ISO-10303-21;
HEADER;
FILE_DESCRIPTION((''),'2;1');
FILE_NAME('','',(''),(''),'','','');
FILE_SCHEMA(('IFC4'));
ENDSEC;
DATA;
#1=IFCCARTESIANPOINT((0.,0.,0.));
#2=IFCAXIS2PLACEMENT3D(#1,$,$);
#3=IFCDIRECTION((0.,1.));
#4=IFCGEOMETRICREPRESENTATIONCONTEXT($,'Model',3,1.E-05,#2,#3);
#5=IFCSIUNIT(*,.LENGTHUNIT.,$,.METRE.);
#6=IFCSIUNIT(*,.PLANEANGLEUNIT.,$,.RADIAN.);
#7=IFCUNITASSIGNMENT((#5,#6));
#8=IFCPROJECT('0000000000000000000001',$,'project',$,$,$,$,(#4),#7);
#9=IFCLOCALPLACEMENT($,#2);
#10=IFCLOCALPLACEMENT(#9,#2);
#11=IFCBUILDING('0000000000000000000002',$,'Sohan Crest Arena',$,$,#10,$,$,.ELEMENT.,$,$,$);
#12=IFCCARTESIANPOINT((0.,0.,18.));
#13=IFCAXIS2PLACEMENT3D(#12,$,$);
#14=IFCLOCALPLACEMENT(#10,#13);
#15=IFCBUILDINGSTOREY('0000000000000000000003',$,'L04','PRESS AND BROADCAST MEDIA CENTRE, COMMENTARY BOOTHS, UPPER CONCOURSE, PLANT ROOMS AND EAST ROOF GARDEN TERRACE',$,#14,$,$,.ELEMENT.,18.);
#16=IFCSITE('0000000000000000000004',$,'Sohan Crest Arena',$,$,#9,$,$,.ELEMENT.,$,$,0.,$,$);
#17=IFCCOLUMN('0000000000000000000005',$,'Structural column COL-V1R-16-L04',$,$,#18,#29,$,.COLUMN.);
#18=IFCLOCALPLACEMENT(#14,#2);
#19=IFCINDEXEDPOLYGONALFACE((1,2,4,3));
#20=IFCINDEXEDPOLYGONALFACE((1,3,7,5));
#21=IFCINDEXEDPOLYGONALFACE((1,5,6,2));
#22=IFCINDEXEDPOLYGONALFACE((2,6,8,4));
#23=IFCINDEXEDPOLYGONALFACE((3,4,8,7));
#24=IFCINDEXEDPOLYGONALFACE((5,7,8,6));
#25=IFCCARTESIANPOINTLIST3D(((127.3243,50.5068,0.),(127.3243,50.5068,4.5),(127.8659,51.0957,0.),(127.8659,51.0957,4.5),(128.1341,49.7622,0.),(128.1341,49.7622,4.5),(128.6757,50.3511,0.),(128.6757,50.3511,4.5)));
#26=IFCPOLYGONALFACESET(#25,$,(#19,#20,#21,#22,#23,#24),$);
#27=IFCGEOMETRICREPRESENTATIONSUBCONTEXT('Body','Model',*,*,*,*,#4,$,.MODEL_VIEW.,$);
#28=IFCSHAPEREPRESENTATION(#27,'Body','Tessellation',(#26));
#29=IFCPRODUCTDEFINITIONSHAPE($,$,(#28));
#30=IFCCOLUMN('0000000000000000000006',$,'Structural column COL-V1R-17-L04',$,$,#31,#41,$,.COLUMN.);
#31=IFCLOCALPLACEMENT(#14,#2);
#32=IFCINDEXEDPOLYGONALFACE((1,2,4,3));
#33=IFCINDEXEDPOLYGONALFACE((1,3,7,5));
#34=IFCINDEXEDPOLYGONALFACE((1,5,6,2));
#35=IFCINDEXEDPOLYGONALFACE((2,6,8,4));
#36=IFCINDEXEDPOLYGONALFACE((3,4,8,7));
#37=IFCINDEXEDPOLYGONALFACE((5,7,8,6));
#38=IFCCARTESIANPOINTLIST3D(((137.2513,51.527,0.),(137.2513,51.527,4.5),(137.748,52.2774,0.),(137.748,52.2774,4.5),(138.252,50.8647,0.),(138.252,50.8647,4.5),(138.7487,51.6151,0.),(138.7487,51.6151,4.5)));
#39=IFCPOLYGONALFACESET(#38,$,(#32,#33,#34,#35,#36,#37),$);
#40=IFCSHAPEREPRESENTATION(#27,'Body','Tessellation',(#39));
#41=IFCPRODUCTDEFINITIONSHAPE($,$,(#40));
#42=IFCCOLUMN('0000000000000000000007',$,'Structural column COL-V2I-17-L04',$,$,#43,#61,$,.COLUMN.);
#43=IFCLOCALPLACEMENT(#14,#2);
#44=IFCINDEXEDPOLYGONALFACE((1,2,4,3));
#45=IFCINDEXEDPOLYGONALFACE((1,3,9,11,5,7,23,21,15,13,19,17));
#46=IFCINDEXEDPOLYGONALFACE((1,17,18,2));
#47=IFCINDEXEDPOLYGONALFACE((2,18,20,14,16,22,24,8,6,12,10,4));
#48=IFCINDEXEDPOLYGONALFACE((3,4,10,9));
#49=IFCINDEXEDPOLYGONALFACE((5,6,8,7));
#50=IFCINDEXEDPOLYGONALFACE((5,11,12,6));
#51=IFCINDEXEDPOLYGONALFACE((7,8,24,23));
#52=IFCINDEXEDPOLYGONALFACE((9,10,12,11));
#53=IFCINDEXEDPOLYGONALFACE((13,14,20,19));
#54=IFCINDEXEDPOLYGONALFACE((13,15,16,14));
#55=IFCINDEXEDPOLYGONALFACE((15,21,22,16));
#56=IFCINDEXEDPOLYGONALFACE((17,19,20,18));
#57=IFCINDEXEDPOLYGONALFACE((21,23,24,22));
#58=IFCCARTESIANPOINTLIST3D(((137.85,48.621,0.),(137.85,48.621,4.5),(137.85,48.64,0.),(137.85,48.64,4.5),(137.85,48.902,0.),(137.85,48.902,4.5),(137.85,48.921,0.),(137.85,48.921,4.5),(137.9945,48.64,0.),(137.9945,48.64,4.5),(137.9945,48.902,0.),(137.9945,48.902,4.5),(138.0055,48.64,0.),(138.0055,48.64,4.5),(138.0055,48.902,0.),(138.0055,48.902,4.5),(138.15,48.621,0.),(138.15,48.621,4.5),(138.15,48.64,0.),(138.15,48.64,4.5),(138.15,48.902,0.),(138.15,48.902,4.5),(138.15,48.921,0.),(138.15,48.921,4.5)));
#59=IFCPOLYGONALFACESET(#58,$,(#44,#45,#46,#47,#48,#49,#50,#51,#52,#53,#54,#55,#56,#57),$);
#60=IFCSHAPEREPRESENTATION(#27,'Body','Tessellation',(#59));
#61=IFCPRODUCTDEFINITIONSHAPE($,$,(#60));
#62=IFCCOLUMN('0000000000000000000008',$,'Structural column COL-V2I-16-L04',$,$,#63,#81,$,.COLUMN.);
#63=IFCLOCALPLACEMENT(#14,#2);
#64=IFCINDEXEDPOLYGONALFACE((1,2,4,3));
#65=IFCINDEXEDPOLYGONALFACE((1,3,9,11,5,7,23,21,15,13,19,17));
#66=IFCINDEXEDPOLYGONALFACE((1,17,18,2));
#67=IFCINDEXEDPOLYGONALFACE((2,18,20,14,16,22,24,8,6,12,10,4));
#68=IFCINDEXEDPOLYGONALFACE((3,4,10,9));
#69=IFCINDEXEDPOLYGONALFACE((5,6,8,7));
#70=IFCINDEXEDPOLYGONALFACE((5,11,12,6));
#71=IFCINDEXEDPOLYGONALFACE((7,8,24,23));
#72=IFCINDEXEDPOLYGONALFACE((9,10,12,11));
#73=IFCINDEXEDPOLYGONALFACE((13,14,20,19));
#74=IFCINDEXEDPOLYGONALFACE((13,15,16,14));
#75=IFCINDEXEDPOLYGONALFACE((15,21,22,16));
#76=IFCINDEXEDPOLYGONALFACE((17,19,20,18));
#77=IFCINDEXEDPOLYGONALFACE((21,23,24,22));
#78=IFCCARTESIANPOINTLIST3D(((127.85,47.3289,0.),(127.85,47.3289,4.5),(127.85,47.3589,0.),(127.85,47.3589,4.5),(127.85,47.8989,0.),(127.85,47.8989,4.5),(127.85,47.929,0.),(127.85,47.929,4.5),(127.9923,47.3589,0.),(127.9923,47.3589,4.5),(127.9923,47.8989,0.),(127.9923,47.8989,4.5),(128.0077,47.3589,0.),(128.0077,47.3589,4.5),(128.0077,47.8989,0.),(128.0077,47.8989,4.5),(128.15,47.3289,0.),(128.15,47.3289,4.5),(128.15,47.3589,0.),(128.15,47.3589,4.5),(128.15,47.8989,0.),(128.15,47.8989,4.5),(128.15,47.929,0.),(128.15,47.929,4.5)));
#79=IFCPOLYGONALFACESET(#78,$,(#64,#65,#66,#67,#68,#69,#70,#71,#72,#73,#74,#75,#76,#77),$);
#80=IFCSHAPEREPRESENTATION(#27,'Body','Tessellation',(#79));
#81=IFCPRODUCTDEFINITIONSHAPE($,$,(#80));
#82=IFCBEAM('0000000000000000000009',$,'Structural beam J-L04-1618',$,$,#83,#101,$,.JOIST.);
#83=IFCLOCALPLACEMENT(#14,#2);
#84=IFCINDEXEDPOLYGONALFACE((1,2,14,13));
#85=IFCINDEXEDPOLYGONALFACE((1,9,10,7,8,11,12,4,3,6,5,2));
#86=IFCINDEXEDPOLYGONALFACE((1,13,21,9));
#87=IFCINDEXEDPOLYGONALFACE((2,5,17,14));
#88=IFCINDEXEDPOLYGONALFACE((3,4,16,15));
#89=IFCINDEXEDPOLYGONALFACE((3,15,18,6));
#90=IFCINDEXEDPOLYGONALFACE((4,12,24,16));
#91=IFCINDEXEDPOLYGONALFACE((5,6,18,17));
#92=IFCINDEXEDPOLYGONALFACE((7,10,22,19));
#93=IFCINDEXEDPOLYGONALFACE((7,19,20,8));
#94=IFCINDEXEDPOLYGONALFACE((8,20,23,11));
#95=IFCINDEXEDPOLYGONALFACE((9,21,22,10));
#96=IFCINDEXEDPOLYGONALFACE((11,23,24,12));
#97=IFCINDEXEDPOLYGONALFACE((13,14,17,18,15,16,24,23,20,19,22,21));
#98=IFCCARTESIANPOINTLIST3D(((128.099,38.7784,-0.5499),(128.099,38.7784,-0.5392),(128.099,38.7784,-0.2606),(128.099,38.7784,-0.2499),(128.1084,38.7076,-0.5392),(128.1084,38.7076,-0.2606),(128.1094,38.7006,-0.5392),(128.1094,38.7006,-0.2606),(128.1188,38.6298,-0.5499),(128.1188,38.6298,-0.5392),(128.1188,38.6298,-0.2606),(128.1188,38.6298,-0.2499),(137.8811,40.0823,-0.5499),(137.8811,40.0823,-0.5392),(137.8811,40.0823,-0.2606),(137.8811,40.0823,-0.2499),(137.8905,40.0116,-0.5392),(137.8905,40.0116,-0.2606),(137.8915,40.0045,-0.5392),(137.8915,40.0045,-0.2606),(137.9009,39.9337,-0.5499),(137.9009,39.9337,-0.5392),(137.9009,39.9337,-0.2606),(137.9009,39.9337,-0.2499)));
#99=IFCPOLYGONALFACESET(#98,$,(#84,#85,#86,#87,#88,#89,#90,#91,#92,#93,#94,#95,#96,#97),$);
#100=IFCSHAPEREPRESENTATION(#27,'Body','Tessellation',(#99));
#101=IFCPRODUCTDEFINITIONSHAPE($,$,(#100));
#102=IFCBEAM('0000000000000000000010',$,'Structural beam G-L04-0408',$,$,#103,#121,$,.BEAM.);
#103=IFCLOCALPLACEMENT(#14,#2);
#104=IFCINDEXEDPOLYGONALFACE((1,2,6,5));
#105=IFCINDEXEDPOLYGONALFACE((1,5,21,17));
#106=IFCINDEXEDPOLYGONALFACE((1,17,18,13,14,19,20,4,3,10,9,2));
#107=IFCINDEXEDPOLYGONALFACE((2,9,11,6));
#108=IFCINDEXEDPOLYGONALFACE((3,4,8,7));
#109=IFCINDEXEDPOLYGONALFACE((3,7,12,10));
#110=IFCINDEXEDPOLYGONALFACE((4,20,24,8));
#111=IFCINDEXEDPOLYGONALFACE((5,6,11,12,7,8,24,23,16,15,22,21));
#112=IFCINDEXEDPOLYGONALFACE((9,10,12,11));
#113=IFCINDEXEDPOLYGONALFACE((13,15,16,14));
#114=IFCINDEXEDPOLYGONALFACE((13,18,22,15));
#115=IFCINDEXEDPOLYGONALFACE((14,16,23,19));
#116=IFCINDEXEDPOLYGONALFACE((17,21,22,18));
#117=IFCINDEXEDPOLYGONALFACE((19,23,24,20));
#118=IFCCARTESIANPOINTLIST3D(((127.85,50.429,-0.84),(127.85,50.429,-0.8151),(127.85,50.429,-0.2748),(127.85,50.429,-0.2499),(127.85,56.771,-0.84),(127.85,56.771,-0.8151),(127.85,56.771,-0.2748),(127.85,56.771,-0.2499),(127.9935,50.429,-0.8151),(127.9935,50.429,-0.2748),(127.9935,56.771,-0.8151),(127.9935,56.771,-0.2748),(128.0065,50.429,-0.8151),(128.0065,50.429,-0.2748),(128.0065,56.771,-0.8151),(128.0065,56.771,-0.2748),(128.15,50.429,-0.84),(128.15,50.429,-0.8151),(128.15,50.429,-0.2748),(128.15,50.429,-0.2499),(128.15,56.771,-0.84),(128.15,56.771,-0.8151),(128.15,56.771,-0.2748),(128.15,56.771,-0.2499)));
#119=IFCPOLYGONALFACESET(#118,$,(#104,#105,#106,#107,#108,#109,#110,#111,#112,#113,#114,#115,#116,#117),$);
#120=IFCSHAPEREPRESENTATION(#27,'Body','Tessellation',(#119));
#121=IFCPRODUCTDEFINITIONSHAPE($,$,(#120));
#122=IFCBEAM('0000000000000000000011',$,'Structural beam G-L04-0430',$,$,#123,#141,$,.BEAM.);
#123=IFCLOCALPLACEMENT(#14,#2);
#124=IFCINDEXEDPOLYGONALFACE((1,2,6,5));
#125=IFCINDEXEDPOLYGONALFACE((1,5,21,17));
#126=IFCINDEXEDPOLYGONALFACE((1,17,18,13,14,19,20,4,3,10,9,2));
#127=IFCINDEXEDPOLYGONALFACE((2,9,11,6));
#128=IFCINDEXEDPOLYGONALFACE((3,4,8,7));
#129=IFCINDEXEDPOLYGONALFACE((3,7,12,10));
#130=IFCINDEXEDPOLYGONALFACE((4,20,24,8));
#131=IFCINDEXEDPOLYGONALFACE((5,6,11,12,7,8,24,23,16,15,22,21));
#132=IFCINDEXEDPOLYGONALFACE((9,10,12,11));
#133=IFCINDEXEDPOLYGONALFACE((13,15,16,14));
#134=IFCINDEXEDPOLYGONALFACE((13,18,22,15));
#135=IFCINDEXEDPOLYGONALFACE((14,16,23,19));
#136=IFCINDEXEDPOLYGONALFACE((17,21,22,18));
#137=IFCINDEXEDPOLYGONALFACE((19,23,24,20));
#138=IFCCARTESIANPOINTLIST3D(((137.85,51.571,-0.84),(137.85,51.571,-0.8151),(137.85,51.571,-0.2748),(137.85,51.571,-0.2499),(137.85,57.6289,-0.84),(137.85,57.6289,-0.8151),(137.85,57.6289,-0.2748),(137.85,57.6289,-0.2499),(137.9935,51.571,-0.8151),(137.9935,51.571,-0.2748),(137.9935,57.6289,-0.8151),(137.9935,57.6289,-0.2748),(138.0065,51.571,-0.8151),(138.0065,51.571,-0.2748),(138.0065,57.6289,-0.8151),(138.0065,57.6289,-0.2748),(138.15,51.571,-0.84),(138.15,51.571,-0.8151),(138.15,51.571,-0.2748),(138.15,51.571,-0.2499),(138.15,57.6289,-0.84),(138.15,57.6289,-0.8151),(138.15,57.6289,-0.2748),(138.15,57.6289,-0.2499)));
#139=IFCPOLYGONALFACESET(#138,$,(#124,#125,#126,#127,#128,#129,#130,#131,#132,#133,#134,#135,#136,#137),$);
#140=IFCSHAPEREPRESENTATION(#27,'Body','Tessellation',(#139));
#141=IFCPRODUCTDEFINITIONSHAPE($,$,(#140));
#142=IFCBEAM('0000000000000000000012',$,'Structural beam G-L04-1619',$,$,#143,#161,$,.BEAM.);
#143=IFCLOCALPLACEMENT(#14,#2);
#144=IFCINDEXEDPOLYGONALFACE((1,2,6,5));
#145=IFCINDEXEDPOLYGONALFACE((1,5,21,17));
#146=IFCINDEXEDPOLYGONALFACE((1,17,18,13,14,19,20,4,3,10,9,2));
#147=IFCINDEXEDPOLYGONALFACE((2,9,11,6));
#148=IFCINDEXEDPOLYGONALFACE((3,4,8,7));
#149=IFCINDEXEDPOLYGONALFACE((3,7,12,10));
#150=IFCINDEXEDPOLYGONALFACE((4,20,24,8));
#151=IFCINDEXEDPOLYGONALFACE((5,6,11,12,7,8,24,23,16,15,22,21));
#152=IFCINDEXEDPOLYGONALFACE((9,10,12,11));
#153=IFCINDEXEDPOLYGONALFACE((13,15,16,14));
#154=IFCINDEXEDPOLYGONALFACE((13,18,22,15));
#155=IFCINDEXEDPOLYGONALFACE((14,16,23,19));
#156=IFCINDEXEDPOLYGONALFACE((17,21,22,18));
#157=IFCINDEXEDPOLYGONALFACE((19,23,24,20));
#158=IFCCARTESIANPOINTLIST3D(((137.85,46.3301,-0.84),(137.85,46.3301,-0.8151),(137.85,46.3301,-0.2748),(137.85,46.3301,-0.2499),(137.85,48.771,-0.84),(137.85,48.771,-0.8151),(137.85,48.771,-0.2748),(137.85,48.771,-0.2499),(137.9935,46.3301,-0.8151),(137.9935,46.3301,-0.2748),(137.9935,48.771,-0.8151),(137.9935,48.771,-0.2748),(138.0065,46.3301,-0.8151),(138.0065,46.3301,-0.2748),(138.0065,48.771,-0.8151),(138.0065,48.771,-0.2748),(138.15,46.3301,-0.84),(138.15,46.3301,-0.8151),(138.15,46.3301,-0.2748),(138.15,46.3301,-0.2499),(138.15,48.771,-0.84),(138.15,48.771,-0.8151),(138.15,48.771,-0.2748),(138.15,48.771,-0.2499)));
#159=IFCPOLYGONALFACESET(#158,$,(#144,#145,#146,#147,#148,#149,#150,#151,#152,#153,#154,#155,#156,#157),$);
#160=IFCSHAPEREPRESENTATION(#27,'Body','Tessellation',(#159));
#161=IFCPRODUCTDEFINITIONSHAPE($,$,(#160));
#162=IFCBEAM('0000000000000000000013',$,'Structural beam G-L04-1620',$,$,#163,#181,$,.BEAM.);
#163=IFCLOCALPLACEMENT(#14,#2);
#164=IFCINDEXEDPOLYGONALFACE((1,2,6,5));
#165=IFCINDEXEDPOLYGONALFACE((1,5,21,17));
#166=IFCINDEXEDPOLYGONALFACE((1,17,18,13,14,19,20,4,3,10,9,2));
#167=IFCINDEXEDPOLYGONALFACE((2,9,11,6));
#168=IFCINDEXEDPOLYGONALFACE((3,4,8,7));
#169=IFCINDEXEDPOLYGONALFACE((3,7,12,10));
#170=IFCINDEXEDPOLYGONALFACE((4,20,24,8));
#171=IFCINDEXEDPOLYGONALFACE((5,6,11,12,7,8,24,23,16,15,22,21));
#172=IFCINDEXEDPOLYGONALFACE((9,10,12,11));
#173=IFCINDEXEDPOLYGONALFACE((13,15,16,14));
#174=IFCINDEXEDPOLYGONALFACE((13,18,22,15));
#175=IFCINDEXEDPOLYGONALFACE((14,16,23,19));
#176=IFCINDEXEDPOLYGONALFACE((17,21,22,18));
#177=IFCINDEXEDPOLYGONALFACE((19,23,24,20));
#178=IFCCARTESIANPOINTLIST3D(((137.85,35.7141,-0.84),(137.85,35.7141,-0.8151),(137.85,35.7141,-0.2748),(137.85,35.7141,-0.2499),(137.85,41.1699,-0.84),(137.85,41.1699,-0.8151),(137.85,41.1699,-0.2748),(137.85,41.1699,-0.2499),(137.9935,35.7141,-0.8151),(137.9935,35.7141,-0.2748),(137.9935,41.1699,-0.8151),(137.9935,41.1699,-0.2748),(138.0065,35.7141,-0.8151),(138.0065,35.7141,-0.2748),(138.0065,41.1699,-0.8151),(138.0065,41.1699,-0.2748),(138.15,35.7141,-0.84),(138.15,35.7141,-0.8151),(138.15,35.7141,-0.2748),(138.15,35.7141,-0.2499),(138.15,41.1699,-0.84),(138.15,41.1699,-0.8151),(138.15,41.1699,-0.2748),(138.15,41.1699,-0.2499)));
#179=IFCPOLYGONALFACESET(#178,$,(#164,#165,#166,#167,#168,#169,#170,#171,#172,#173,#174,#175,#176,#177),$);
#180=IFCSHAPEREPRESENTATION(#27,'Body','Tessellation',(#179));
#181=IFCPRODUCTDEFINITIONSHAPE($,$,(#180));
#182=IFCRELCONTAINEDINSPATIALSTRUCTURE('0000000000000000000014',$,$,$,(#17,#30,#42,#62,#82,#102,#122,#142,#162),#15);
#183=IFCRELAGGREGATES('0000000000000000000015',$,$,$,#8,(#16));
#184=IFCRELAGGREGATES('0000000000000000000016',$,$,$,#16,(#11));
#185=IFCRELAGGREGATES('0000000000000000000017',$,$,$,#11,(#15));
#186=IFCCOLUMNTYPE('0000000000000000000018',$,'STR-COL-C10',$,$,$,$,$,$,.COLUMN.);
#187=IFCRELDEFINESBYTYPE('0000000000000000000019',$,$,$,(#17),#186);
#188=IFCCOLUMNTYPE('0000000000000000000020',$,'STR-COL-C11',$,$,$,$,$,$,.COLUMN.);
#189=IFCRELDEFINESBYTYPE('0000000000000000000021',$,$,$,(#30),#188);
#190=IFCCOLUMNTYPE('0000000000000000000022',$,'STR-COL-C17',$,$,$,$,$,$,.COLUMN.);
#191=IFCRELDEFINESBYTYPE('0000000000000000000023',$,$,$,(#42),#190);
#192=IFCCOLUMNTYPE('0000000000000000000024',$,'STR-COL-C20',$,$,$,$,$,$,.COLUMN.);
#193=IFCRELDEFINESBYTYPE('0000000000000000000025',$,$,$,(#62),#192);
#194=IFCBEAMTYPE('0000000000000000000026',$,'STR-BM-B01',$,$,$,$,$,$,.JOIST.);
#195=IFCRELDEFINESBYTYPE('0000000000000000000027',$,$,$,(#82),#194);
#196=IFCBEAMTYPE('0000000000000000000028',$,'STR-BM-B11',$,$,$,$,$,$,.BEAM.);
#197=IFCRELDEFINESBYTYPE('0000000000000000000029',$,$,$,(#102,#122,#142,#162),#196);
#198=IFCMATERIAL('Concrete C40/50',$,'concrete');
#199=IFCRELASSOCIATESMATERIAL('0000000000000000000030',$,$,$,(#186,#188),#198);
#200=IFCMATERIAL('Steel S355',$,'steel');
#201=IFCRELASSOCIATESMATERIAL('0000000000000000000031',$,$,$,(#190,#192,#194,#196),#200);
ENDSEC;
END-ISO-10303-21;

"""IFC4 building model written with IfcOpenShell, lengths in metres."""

from ifc_helpers import new_model, si_unit, direction, frame, origin, origin_2d, place, context, subcontext, project, spatial, rectangle, i_section, extrude, material, material_profile, profile_set, type_object, element, save


model = new_model("IFC4")

# Units and contexts
model_context = context("Model", 3, precision=1e-05, world=origin(), true_north=direction((0.0, 1.0)))
body_context = subcontext(model_context, "Body", "Model", "MODEL_VIEW")
ifc_project = project(units=[si_unit("LENGTHUNIT", "METRE"), si_unit("PLANEANGLEUNIT", "RADIAN")], contexts=[model_context])

# Site, building, storey
site_placement = place(None, origin())
site = spatial("IfcSite", under=ifc_project, at=site_placement, Name="Sohan Crest Arena", CompositionType="ELEMENT", RefElevation=0.0)
building_placement = place(site_placement, origin())
building = spatial("IfcBuilding", under=site, at=building_placement, Name="Sohan Crest Arena", CompositionType="ELEMENT")
storey_placement = place(building_placement, frame((0.0, 0.0, 18.0)))
storey = spatial("IfcBuildingStorey", under=building, at=storey_placement, Name="L04", Description="PRESS AND BROADCAST MEDIA CENTRE, COMMENTARY BOOTHS, UPPER CONCOURSE, PLANT ROOMS AND EAST ROOF GARDEN TERRACE", CompositionType="ELEMENT", Elevation=18.0)

# Columns
ifc_material_1 = material(Name="Concrete C40/50", Category="concrete")
ifc_material_profile_1 = material_profile(ifc_material_1, rectangle(XDim=1.1001, YDim=0.8, at=origin_2d()), Name="RC 1100x800")
ifc_profile_set_1 = profile_set([ifc_material_profile_1], Name="Concrete C40/50")
column_type_1 = type_object("IfcColumnType", Name="STR-COL-C10", PredefinedType="COLUMN", material=ifc_profile_set_1)
column_1_placement = place(storey_placement, frame((128.0, 50.429, 0.0), z_axis=(0.0, 0.0, 1.0), x_axis=(-0.736097, 0.676876, 0.0)))
element("IfcColumn", 1, at=column_1_placement, inside=storey, type_object=column_type_1, Name="Structural column COL-V1R-16-L04", PredefinedType="COLUMN", context=body_context, shape_type="SweptSolid", body=[
    extrude(rectangle(XDim=1.1001, YDim=0.8, at=origin_2d()), origin(), (0.0, 0.0, 1.0), 4.5),
])
ifc_material_profile_2 = material_profile(ifc_material_1, rectangle(XDim=1.2, YDim=0.8999, at=origin_2d()), Name="RC 1200x900")
ifc_profile_set_2 = profile_set([ifc_material_profile_2], Name="Concrete C40/50")
column_type_2 = type_object("IfcColumnType", Name="STR-COL-C11", PredefinedType="COLUMN", material=ifc_profile_set_2)
column_2_placement = place(storey_placement, frame((138.0, 51.571, 0.0), z_axis=(0.0, 0.0, 1.0), x_axis=(-0.833886, 0.551937, 0.0)))
element("IfcColumn", 2, at=column_2_placement, inside=storey, type_object=column_type_2, Name="Structural column COL-V1R-17-L04", PredefinedType="COLUMN", context=body_context, shape_type="SweptSolid", body=[
    extrude(rectangle(XDim=1.2, YDim=0.8999, at=origin_2d()), origin(), (0.0, 0.0, 1.0), 4.5),
])
ifc_material_2 = material(Name="Steel S355", Category="steel")
ifc_material_profile_3 = material_profile(ifc_material_2, i_section(OverallWidth=0.3, OverallDepth=0.3, WebThickness=0.011, FlangeThickness=0.019, at=origin_2d()), Name="HEB 300")
ifc_profile_set_3 = profile_set([ifc_material_profile_3], Name="Steel S355")
column_type_3 = type_object("IfcColumnType", Name="STR-COL-C17", PredefinedType="COLUMN", material=ifc_profile_set_3)
column_3_placement = place(storey_placement, frame((138.0, 48.771, 0.0), z_axis=(0.0, 0.0, 1.0), x_axis=(1.0, 0.0, 0.0)))
element("IfcColumn", 3, at=column_3_placement, inside=storey, type_object=column_type_3, Name="Structural column COL-V2I-17-L04", PredefinedType="COLUMN", context=body_context, shape_type="SweptSolid", body=[
    extrude(i_section(OverallWidth=0.3, OverallDepth=0.3, WebThickness=0.011, FlangeThickness=0.019, at=origin_2d()), origin(), (0.0, 0.0, 1.0), 4.5),
])
ifc_material_profile_4 = material_profile(ifc_material_2, i_section(OverallWidth=0.3, OverallDepth=0.6001, WebThickness=0.0154, FlangeThickness=0.03, at=origin_2d()), Name="HEB 600")
ifc_profile_set_4 = profile_set([ifc_material_profile_4], Name="Steel S355")
column_type_4 = type_object("IfcColumnType", Name="STR-COL-C20", PredefinedType="COLUMN", material=ifc_profile_set_4)
column_4_placement = place(storey_placement, frame((128.0, 47.6289, 0.0), z_axis=(0.0, 0.0, 1.0), x_axis=(1.0, 0.0, 0.0)))
element("IfcColumn", 4, at=column_4_placement, inside=storey, type_object=column_type_4, Name="Structural column COL-V2I-16-L04", PredefinedType="COLUMN", context=body_context, shape_type="SweptSolid", body=[
    extrude(i_section(OverallWidth=0.3, OverallDepth=0.6001, WebThickness=0.0154, FlangeThickness=0.03, at=origin_2d()), origin(), (0.0, 0.0, 1.0), 4.5),
])

# Beams
ifc_material_profile_5 = material_profile(ifc_material_2, i_section(OverallWidth=0.1499, OverallDepth=0.3, WebThickness=0.0071, FlangeThickness=0.0107, at=origin_2d()), Name="IPE 300")
ifc_profile_set_5 = profile_set([ifc_material_profile_5], Name="Steel S355")
beam_type_1 = type_object("IfcBeamType", Name="STR-BM-B01", PredefinedType="JOIST", material=ifc_profile_set_5)
beam_1_placement = place(storey_placement, frame((128.1089, 38.7041, -0.3999), z_axis=(0.991232, 0.13213, 0.0), x_axis=(-0.13213, 0.991232, 0.0)))
element("IfcBeam", 5, at=beam_1_placement, inside=storey, type_object=beam_type_1, Name="Structural beam J-L04-1618", PredefinedType="JOIST", context=body_context, shape_type="SweptSolid", body=[
    extrude(i_section(OverallWidth=0.1499, OverallDepth=0.3, WebThickness=0.0071, FlangeThickness=0.0107, at=origin_2d()), origin(), (0.0, 0.0, 1.0), 9.8687),
])
ifc_material_profile_6 = material_profile(ifc_material_2, i_section(OverallWidth=0.3, OverallDepth=0.5901, WebThickness=0.0129, FlangeThickness=0.0249, at=origin_2d()), Name="HEA 600")
ifc_profile_set_6 = profile_set([ifc_material_profile_6], Name="Steel S355")
beam_type_2 = type_object("IfcBeamType", Name="STR-BM-B11", PredefinedType="BEAM", material=ifc_profile_set_6)
beam_2_placement = place(storey_placement, frame((128.0, 56.771, -0.5449), z_axis=(0.0, -1.0, 0.0), x_axis=(1.0, 0.0, 0.0)))
element("IfcBeam", 6, at=beam_2_placement, inside=storey, type_object=beam_type_2, Name="Structural beam G-L04-0408", PredefinedType="BEAM", context=body_context, shape_type="SweptSolid", body=[
    extrude(i_section(OverallWidth=0.3, OverallDepth=0.5901, WebThickness=0.0129, FlangeThickness=0.0249, at=origin_2d()), origin(), (0.0, 0.0, 1.0), 6.342),
])
beam_3_placement = place(storey_placement, frame((138.0, 57.6289, -0.5449), z_axis=(0.0, -1.0, 0.0), x_axis=(1.0, 0.0, 0.0)))
element("IfcBeam", 7, at=beam_3_placement, inside=storey, type_object=beam_type_2, Name="Structural beam G-L04-0430", PredefinedType="BEAM", context=body_context, shape_type="SweptSolid", body=[
    extrude(i_section(OverallWidth=0.3, OverallDepth=0.5901, WebThickness=0.0129, FlangeThickness=0.0249, at=origin_2d()), origin(), (0.0, 0.0, 1.0), 6.0579),
])
beam_4_placement = place(storey_placement, frame((138.0, 48.771, -0.5449), z_axis=(0.0, -1.0, 0.0), x_axis=(1.0, 0.0, 0.0)))
element("IfcBeam", 8, at=beam_4_placement, inside=storey, type_object=beam_type_2, Name="Structural beam G-L04-1619", PredefinedType="BEAM", context=body_context, shape_type="SweptSolid", body=[
    extrude(i_section(OverallWidth=0.3, OverallDepth=0.5901, WebThickness=0.0129, FlangeThickness=0.0249, at=origin_2d()), origin(), (0.0, 0.0, 1.0), 2.4409),
])
beam_5_placement = place(storey_placement, frame((138.0, 41.1699, -0.5449), z_axis=(0.0, -1.0, 0.0), x_axis=(1.0, 0.0, 0.0)))
element("IfcBeam", 9, at=beam_5_placement, inside=storey, type_object=beam_type_2, Name="Structural beam G-L04-1620", PredefinedType="BEAM", context=body_context, shape_type="SweptSolid", body=[
    extrude(i_section(OverallWidth=0.3, OverallDepth=0.5901, WebThickness=0.0129, FlangeThickness=0.0249, at=origin_2d()), origin(), (0.0, 0.0, 1.0), 5.4558),
])

save(model, "model.ifc")
